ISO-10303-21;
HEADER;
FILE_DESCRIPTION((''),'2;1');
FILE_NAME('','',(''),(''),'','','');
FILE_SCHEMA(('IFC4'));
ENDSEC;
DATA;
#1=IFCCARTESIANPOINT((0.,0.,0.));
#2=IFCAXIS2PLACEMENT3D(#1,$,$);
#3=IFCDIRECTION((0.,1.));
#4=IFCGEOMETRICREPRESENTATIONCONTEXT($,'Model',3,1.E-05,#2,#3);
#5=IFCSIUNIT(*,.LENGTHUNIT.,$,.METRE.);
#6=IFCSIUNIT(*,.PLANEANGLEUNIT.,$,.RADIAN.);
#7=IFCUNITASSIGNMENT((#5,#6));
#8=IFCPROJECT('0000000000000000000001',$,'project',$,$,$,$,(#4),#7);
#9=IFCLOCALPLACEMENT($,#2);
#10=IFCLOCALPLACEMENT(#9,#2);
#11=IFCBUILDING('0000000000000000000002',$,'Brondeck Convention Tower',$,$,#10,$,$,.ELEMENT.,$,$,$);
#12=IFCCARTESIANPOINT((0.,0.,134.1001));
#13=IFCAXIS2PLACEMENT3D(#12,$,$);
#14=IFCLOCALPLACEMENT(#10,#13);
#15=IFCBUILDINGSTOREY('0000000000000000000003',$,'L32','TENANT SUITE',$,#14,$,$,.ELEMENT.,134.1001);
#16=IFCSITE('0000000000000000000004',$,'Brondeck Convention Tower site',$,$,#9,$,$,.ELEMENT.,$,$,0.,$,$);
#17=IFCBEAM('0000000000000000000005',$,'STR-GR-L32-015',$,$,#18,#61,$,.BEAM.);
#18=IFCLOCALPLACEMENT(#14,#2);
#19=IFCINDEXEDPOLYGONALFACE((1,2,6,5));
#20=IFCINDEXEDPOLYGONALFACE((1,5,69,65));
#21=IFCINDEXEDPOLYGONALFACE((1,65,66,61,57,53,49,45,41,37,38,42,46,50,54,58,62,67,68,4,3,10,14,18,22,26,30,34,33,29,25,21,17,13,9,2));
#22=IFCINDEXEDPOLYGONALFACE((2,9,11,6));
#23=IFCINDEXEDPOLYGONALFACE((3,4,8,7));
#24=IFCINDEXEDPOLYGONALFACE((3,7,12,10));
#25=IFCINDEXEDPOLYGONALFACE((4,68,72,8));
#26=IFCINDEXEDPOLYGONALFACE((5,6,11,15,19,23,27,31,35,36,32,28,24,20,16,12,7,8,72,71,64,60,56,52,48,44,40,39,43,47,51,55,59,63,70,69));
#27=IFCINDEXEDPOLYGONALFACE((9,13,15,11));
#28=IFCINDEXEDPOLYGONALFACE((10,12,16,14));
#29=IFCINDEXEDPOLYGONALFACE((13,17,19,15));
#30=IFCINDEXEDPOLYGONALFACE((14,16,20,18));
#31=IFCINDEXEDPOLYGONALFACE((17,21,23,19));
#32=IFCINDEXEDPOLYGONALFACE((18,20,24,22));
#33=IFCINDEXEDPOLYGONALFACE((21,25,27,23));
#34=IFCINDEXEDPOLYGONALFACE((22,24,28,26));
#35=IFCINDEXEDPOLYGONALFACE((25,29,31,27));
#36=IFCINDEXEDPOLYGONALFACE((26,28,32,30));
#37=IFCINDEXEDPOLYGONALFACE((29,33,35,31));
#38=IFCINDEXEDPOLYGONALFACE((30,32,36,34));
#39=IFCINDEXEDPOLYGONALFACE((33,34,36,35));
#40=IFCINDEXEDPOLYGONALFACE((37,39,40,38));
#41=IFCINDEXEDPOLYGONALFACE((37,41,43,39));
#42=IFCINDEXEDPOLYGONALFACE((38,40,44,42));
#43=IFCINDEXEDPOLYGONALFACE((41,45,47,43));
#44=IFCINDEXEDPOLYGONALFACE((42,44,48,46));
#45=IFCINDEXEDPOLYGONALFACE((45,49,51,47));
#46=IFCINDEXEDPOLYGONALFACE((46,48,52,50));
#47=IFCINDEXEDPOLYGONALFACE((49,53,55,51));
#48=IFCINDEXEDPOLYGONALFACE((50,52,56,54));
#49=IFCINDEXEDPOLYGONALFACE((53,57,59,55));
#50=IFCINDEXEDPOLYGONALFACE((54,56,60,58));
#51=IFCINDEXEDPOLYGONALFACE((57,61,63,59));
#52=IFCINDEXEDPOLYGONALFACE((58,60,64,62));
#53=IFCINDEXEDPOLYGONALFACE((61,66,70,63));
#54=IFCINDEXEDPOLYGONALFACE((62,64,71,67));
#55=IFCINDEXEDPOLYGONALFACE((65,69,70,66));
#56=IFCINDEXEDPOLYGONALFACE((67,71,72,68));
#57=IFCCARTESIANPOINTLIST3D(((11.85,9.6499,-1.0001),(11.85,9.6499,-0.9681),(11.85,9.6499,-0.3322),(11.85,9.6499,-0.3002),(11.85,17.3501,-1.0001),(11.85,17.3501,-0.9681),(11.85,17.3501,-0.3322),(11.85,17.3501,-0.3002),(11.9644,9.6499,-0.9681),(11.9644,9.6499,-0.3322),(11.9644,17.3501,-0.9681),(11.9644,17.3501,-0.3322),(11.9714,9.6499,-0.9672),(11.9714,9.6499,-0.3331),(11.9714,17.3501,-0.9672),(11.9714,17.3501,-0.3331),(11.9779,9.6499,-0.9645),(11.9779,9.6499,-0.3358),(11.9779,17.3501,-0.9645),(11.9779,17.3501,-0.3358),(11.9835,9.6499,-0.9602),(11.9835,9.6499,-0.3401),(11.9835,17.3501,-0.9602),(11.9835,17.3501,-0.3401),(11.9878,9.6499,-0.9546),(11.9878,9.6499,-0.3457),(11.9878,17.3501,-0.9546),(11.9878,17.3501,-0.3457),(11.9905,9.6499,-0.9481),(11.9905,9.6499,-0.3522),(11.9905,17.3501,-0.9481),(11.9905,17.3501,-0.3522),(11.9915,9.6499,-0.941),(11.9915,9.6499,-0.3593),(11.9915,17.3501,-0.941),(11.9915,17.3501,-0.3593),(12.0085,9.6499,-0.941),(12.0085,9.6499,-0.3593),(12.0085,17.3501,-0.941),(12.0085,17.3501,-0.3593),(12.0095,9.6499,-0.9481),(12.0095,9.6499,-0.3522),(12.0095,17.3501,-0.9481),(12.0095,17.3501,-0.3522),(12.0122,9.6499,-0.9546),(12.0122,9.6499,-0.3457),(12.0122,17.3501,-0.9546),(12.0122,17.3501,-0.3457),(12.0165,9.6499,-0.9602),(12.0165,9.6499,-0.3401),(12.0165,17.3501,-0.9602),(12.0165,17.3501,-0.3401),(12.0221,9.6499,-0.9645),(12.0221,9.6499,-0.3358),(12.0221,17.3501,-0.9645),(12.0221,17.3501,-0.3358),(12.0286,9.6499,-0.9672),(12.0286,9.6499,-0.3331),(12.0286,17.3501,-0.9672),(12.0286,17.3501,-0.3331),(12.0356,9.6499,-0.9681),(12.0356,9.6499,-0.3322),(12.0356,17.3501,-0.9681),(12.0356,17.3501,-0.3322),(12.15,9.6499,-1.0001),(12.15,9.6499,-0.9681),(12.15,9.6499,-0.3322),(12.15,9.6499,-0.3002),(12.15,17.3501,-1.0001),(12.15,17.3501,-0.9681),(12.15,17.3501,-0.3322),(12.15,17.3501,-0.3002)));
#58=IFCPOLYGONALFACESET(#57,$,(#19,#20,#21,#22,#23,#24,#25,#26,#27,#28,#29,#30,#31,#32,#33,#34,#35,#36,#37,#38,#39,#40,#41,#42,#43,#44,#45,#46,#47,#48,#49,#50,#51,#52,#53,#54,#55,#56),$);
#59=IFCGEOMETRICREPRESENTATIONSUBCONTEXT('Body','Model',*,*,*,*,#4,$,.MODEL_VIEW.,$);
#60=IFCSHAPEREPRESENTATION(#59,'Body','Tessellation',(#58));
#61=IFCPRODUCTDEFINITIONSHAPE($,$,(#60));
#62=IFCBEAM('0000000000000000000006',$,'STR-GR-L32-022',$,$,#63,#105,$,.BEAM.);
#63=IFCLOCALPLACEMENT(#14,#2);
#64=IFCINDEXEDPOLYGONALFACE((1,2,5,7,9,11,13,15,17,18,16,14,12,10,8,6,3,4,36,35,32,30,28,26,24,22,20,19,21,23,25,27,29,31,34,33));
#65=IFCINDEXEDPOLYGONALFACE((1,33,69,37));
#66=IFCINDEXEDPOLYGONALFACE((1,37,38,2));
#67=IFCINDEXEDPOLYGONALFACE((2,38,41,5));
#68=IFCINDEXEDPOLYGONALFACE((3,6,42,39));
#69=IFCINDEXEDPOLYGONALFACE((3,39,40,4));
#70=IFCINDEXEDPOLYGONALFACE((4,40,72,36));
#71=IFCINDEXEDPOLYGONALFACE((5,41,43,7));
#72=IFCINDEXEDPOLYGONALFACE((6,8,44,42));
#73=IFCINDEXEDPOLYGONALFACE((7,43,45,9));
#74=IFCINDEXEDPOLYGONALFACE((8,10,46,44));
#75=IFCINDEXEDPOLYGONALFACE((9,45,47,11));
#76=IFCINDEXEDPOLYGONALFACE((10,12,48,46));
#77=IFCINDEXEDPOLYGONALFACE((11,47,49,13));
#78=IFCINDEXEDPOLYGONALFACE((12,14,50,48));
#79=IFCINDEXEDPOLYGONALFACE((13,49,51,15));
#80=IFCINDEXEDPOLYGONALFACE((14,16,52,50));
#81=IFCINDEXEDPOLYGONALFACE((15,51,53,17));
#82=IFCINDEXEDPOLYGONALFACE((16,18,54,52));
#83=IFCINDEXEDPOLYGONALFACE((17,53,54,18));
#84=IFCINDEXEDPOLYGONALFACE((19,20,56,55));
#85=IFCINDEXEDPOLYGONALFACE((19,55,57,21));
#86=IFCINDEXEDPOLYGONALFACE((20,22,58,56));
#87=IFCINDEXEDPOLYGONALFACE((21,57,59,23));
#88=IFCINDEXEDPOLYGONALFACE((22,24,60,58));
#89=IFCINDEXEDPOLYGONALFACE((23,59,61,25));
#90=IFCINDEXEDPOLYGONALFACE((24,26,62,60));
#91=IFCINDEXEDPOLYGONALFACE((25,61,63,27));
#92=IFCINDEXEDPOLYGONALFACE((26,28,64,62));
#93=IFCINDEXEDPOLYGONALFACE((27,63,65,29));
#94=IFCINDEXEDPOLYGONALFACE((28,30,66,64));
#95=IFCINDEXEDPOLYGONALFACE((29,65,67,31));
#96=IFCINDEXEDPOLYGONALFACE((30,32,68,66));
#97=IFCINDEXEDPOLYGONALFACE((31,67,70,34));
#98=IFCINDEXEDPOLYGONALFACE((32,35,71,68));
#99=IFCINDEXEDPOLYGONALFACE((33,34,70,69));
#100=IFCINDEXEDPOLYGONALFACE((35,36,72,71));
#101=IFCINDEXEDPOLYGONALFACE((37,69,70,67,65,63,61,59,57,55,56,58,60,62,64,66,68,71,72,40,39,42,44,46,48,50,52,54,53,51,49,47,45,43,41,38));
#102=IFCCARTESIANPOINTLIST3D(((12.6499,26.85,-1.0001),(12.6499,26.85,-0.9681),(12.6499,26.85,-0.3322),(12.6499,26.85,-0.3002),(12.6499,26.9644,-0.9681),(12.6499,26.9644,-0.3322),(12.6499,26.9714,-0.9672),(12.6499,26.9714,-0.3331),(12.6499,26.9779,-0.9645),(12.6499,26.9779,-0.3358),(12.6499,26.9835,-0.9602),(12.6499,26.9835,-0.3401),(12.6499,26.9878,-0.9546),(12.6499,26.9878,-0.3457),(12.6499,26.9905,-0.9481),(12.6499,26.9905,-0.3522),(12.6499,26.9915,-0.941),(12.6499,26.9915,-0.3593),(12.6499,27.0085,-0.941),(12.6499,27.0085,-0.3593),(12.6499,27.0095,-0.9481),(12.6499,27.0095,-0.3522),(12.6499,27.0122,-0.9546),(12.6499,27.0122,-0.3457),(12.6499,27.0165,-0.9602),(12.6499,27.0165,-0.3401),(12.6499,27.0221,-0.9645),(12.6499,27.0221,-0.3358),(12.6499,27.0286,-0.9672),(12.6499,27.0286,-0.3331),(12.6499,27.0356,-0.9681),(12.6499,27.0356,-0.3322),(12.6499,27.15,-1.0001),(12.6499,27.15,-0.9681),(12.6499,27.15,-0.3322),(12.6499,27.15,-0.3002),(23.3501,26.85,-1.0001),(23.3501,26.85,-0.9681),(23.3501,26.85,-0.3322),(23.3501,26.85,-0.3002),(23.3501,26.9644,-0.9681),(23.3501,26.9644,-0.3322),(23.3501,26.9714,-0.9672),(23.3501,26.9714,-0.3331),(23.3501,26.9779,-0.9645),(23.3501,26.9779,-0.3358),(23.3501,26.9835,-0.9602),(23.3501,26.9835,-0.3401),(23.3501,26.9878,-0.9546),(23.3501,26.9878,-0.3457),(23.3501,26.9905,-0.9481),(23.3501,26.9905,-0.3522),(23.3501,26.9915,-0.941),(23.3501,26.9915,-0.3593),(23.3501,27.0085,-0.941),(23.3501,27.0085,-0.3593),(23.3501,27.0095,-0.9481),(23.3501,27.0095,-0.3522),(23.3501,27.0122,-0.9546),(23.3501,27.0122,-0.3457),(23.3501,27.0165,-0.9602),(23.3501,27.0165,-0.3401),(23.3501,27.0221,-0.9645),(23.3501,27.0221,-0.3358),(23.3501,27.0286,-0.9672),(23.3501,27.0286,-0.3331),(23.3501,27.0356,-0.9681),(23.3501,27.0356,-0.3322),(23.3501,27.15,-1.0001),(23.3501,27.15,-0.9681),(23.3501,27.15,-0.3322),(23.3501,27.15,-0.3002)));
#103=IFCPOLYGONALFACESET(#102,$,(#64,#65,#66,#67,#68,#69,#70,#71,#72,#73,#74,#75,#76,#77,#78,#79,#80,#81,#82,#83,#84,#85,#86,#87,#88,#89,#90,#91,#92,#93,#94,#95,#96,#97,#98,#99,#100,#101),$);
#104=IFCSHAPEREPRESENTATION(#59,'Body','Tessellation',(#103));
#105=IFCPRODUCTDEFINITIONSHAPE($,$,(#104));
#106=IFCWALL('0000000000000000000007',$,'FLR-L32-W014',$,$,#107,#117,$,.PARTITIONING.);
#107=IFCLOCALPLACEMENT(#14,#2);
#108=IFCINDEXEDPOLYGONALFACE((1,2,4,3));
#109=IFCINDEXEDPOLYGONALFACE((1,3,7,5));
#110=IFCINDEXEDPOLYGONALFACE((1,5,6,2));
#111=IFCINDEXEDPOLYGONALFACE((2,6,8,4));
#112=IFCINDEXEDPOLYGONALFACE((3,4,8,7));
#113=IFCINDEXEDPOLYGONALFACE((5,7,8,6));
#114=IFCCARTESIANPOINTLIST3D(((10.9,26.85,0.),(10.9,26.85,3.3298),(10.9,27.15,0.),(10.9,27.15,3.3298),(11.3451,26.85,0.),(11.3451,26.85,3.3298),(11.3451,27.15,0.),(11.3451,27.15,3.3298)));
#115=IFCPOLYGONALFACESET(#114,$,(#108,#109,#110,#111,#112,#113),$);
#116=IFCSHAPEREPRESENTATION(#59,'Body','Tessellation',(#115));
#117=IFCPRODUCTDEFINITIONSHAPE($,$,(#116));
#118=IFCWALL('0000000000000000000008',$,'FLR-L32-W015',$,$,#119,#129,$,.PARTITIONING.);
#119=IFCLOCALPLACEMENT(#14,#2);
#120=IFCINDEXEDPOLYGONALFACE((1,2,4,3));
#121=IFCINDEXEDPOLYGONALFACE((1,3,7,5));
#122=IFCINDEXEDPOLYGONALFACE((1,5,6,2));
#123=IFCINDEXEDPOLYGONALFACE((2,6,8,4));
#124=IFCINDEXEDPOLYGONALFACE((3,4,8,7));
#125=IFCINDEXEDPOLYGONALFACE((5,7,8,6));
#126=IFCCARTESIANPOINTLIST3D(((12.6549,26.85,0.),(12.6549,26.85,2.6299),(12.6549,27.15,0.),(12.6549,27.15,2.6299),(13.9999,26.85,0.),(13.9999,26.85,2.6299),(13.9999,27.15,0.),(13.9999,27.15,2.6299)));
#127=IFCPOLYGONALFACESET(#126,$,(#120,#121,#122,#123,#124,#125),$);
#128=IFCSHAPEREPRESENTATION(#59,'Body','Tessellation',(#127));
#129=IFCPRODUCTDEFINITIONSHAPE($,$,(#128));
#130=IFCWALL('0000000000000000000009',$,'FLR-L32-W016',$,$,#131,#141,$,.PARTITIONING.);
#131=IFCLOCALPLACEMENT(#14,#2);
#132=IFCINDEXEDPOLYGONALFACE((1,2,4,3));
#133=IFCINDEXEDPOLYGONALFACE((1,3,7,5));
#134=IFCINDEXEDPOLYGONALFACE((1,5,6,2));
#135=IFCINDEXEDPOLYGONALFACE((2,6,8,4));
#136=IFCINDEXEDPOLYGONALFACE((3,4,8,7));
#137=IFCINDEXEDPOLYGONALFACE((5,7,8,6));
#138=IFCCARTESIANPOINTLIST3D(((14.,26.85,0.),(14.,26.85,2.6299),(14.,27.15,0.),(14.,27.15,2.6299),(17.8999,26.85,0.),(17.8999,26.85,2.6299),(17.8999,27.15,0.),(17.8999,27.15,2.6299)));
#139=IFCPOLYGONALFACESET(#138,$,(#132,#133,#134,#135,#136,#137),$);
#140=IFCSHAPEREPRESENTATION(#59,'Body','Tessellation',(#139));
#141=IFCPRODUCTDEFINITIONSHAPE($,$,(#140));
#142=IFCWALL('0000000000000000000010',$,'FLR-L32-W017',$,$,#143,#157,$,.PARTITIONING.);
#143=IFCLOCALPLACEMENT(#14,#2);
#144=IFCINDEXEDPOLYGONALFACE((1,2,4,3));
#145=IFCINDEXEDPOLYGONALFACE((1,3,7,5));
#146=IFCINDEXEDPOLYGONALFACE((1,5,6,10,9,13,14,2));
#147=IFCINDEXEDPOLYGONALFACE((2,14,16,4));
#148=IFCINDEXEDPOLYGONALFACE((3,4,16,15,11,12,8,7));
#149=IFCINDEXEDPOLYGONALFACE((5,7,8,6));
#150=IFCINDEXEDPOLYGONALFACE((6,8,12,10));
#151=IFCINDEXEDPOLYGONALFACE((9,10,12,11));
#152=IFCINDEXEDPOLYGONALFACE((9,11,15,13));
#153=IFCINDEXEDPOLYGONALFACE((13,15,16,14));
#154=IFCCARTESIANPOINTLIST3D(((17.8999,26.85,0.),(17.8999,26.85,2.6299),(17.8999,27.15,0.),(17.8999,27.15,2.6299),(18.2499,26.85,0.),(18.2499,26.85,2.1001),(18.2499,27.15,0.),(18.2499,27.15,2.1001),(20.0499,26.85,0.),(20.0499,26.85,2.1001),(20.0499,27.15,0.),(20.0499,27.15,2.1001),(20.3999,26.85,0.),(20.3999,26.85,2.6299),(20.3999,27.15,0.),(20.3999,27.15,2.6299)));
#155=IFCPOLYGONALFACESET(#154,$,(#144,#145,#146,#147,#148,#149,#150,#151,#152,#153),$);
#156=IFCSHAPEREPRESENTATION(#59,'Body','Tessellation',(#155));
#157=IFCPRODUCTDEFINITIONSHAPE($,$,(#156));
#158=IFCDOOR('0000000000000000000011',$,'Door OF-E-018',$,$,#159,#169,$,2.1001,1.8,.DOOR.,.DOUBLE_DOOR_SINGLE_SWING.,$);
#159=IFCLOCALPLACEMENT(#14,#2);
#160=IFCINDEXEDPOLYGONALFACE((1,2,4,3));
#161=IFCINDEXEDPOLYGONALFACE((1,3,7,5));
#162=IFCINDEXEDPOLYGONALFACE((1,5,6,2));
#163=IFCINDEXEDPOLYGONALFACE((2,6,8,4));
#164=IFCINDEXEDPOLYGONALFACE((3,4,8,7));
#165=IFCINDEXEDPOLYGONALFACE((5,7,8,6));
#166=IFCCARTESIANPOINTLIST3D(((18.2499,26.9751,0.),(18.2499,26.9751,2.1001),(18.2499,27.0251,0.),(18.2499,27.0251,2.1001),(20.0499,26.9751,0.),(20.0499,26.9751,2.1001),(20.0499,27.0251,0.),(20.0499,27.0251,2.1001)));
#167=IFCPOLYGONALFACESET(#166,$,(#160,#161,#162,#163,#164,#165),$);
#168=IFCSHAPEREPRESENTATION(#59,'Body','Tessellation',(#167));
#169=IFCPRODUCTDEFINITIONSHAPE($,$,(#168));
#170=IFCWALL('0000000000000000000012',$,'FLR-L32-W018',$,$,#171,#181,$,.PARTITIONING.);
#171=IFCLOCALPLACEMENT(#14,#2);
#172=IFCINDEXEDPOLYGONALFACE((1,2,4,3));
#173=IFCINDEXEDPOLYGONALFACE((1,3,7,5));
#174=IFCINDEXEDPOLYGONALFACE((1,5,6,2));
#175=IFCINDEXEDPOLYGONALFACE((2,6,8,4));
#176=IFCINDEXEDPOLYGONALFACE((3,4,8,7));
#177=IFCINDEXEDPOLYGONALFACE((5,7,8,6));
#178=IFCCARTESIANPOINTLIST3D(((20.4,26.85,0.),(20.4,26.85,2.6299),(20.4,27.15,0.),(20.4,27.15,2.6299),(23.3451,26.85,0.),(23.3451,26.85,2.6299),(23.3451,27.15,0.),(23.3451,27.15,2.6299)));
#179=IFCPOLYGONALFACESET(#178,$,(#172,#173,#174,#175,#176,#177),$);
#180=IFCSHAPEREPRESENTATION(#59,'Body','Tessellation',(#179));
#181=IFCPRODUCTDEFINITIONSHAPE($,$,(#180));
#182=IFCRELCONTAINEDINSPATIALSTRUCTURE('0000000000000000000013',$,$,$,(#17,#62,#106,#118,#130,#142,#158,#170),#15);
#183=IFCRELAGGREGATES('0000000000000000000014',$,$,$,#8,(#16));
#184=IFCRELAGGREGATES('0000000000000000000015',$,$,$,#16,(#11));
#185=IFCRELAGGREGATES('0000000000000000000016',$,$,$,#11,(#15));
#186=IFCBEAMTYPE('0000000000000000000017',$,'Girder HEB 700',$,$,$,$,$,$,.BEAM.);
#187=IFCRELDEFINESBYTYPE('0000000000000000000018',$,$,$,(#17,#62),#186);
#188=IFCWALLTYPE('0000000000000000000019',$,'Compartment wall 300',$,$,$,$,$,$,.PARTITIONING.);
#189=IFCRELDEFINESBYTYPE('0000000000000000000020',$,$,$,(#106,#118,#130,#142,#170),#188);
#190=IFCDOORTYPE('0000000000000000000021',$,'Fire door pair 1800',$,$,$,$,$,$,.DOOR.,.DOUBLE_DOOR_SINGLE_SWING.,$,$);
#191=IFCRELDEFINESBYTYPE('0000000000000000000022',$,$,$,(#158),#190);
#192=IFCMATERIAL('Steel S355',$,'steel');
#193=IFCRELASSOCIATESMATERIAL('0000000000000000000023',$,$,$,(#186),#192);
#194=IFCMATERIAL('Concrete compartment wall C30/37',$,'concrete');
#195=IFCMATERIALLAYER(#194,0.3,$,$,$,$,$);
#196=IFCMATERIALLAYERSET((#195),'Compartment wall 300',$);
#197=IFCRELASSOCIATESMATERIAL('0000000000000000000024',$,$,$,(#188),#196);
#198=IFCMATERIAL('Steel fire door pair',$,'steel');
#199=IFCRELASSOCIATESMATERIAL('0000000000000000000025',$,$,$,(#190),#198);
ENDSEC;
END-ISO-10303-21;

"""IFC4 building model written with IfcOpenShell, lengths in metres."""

from ifc_helpers import new_model, si_unit, direction, frame, frame_2d, origin, origin_2d, place, context, subcontext, project, spatial, rectangle, i_section, extrude, material, layer, layer_set, material_profile, profile_set, type_object, element, fill, save


model = new_model("IFC4")

# Units and contexts
model_context = context("Model", 3, precision=1e-05, world=origin(), true_north=direction((0.0, 1.0)))
body_context = subcontext(model_context, "Body", "Model", "MODEL_VIEW")
ifc_project = project(units=[si_unit("LENGTHUNIT", "METRE"), si_unit("PLANEANGLEUNIT", "RADIAN")], contexts=[model_context])

# Site, building, storey
site_placement = place(None, origin())
site = spatial("IfcSite", under=ifc_project, at=site_placement, Name="Brondeck Convention Tower site", CompositionType="ELEMENT", RefElevation=0.0)
building_placement = place(site_placement, origin())
building = spatial("IfcBuilding", under=site, at=building_placement, Name="Brondeck Convention Tower", CompositionType="ELEMENT")
storey_placement = place(building_placement, frame((0.0, 0.0, 134.1001)))
storey = spatial("IfcBuildingStorey", under=building, at=storey_placement, Name="L32", Description="TENANT SUITE", CompositionType="ELEMENT", Elevation=134.1001)

# Beams
ifc_material_1 = material(Name="Steel S355", Category="steel")
ifc_material_profile_1 = material_profile(ifc_material_1, i_section(OverallWidth=0.3, OverallDepth=0.7, WebThickness=0.0171, FlangeThickness=0.032, FilletRadius=0.0271, at=origin_2d()), Name="HEB 700")
ifc_profile_set_1 = profile_set([ifc_material_profile_1], Name="Steel S355")
beam_type_1 = type_object("IfcBeamType", Name="Girder HEB 700", PredefinedType="BEAM", material=ifc_profile_set_1)
for number, where, z_axis, x_axis, name in (
    (1, (12.0, 17.3501, -0.6501), (0.0, -1.0, 0.0), (1.0, 0.0, 0.0), "STR-GR-L32-015"),
):
    element("IfcBeam", number, at=place(storey_placement, frame(where, z_axis=z_axis, x_axis=x_axis)), inside=storey, type_object=beam_type_1, Name=name, PredefinedType="BEAM", context=body_context, shape_type="SweptSolid", body=[
        extrude(i_section(OverallWidth=0.3, OverallDepth=0.7, WebThickness=0.0171, FlangeThickness=0.032, FilletRadius=0.0271, at=origin_2d()), origin(), (0.0, 0.0, 1.0), 7.7002),
    ])
beam_1_placement = place(storey_placement, frame((12.6499, 27.0, -0.6501), z_axis=(1.0, 0.0, 0.0), x_axis=(0.0, 1.0, 0.0)))
element("IfcBeam", 2, at=beam_1_placement, inside=storey, type_object=beam_type_1, Name="STR-GR-L32-022", PredefinedType="BEAM", context=body_context, shape_type="SweptSolid", body=[
    extrude(i_section(OverallWidth=0.3, OverallDepth=0.7, WebThickness=0.0171, FlangeThickness=0.032, FilletRadius=0.0271, at=origin_2d()), origin(), (0.0, 0.0, 1.0), 10.7002),
])

# Walls
ifc_material_2 = material(Name="Concrete compartment wall C30/37", Category="concrete")
ifc_layer_1 = layer(ifc_material_2, 0.3)
ifc_layer_set_1 = layer_set([ifc_layer_1], Name="Compartment wall 300")
wall_type_1 = type_object("IfcWallType", Name="Compartment wall 300", PredefinedType="PARTITIONING", material=ifc_layer_set_1)
wall_1_placement = place(storey_placement, frame((10.8999, 27.0, 0.0), z_axis=(0.0, 0.0, 1.0), x_axis=(1.0, 0.0, 0.0)))
element("IfcWall", 3, at=wall_1_placement, inside=storey, type_object=wall_type_1, Name="FLR-L32-W014", PredefinedType="PARTITIONING", context=body_context, shape_type="SweptSolid", body=[
    extrude(rectangle(XDim=0.4451, YDim=0.3, at=frame_2d((0.2227, 0.0))), origin(), (0.0, 0.0, 1.0), 3.3298),
])
wall_2_placement = place(storey_placement, frame((12.655, 27.0, 0.0), z_axis=(0.0, 0.0, 1.0), x_axis=(1.0, 0.0, 0.0)))
element("IfcWall", 4, at=wall_2_placement, inside=storey, type_object=wall_type_1, Name="FLR-L32-W015", PredefinedType="PARTITIONING", context=body_context, shape_type="SweptSolid", body=[
    extrude(rectangle(XDim=1.345, YDim=0.3, at=frame_2d((0.6724, 0.0))), origin(), (0.0, 0.0, 1.0), 2.6299),
])
wall_3_placement = place(storey_placement, frame((14.0, 27.0, 0.0), z_axis=(0.0, 0.0, 1.0), x_axis=(1.0, 0.0, 0.0)))
element("IfcWall", 5, at=wall_3_placement, inside=storey, type_object=wall_type_1, Name="FLR-L32-W016", PredefinedType="PARTITIONING", context=body_context, shape_type="SweptSolid", body=[
    extrude(rectangle(XDim=3.8999, YDim=0.3, at=frame_2d((1.95, 0.0))), origin(), (0.0, 0.0, 1.0), 2.6299),
])

# Wall, opening, door
wall_4_placement = place(storey_placement, frame((20.3999, 27.0, 0.0), z_axis=(0.0, 0.0, 1.0), x_axis=(-1.0, 0.0, 0.0)))
wall_4 = element("IfcWall", 6, at=wall_4_placement, inside=storey, type_object=wall_type_1, Name="FLR-L32-W017", PredefinedType="PARTITIONING", context=body_context, shape_type="SweptSolid", body=[
    extrude(rectangle(XDim=2.5, YDim=0.3, at=frame_2d((1.25, 0.0))), origin(), (0.0, 0.0, 1.0), 2.6299),
])
opening_1_placement = place(wall_4_placement, frame((0.3501, 0.0, 0.0)))
opening_1 = element("IfcOpeningElement", 7, at=opening_1_placement, cuts=wall_4, PredefinedType="OPENING", context=body_context, shape_type="SweptSolid", body=[
    extrude(rectangle(XDim=1.8, YDim=2.1001, at=frame_2d((0.8999, 1.05))), frame((0.0, 0.1599, 0.0), z_axis=(0.0, -1.0, 0.0), x_axis=(1.0, 0.0, 0.0)), (0.0, 0.0, 1.0), 0.3201),
])
ifc_material_3 = material(Name="Steel fire door pair", Category="steel")
door_type_1 = type_object("IfcDoorType", Name="Fire door pair 1800", OperationType="DOUBLE_DOOR_SINGLE_SWING", PredefinedType="DOOR", material=ifc_material_3)
door_1_placement = place(opening_1_placement, origin())
door_1 = element("IfcDoor", 8, at=door_1_placement, inside=storey, type_object=door_type_1, Name="Door OF-E-018", OperationType="DOUBLE_DOOR_SINGLE_SWING", OverallHeight=2.1001, OverallWidth=1.8, PredefinedType="DOOR", context=body_context, shape_type="SweptSolid", body=[
    extrude(rectangle(XDim=1.8, YDim=2.1001, at=frame_2d((0.8999, 1.05))), frame((0.0, 0.0249, 0.0), z_axis=(0.0, -1.0, 0.0), x_axis=(1.0, 0.0, 0.0)), (0.0, 0.0, 1.0), 0.05),
])
fill(opening_1, door_1)

# Wall
wall_5_placement = place(storey_placement, frame((20.3999, 27.0, 0.0), z_axis=(0.0, 0.0, 1.0), x_axis=(1.0, 0.0, 0.0)))
element("IfcWall", 9, at=wall_5_placement, inside=storey, type_object=wall_type_1, Name="FLR-L32-W018", PredefinedType="PARTITIONING", context=body_context, shape_type="SweptSolid", body=[
    extrude(rectangle(XDim=2.9451, YDim=0.3, at=frame_2d((1.4727, 0.0))), origin(), (0.0, 0.0, 1.0), 2.6299),
])

save(model, "model.ifc")
